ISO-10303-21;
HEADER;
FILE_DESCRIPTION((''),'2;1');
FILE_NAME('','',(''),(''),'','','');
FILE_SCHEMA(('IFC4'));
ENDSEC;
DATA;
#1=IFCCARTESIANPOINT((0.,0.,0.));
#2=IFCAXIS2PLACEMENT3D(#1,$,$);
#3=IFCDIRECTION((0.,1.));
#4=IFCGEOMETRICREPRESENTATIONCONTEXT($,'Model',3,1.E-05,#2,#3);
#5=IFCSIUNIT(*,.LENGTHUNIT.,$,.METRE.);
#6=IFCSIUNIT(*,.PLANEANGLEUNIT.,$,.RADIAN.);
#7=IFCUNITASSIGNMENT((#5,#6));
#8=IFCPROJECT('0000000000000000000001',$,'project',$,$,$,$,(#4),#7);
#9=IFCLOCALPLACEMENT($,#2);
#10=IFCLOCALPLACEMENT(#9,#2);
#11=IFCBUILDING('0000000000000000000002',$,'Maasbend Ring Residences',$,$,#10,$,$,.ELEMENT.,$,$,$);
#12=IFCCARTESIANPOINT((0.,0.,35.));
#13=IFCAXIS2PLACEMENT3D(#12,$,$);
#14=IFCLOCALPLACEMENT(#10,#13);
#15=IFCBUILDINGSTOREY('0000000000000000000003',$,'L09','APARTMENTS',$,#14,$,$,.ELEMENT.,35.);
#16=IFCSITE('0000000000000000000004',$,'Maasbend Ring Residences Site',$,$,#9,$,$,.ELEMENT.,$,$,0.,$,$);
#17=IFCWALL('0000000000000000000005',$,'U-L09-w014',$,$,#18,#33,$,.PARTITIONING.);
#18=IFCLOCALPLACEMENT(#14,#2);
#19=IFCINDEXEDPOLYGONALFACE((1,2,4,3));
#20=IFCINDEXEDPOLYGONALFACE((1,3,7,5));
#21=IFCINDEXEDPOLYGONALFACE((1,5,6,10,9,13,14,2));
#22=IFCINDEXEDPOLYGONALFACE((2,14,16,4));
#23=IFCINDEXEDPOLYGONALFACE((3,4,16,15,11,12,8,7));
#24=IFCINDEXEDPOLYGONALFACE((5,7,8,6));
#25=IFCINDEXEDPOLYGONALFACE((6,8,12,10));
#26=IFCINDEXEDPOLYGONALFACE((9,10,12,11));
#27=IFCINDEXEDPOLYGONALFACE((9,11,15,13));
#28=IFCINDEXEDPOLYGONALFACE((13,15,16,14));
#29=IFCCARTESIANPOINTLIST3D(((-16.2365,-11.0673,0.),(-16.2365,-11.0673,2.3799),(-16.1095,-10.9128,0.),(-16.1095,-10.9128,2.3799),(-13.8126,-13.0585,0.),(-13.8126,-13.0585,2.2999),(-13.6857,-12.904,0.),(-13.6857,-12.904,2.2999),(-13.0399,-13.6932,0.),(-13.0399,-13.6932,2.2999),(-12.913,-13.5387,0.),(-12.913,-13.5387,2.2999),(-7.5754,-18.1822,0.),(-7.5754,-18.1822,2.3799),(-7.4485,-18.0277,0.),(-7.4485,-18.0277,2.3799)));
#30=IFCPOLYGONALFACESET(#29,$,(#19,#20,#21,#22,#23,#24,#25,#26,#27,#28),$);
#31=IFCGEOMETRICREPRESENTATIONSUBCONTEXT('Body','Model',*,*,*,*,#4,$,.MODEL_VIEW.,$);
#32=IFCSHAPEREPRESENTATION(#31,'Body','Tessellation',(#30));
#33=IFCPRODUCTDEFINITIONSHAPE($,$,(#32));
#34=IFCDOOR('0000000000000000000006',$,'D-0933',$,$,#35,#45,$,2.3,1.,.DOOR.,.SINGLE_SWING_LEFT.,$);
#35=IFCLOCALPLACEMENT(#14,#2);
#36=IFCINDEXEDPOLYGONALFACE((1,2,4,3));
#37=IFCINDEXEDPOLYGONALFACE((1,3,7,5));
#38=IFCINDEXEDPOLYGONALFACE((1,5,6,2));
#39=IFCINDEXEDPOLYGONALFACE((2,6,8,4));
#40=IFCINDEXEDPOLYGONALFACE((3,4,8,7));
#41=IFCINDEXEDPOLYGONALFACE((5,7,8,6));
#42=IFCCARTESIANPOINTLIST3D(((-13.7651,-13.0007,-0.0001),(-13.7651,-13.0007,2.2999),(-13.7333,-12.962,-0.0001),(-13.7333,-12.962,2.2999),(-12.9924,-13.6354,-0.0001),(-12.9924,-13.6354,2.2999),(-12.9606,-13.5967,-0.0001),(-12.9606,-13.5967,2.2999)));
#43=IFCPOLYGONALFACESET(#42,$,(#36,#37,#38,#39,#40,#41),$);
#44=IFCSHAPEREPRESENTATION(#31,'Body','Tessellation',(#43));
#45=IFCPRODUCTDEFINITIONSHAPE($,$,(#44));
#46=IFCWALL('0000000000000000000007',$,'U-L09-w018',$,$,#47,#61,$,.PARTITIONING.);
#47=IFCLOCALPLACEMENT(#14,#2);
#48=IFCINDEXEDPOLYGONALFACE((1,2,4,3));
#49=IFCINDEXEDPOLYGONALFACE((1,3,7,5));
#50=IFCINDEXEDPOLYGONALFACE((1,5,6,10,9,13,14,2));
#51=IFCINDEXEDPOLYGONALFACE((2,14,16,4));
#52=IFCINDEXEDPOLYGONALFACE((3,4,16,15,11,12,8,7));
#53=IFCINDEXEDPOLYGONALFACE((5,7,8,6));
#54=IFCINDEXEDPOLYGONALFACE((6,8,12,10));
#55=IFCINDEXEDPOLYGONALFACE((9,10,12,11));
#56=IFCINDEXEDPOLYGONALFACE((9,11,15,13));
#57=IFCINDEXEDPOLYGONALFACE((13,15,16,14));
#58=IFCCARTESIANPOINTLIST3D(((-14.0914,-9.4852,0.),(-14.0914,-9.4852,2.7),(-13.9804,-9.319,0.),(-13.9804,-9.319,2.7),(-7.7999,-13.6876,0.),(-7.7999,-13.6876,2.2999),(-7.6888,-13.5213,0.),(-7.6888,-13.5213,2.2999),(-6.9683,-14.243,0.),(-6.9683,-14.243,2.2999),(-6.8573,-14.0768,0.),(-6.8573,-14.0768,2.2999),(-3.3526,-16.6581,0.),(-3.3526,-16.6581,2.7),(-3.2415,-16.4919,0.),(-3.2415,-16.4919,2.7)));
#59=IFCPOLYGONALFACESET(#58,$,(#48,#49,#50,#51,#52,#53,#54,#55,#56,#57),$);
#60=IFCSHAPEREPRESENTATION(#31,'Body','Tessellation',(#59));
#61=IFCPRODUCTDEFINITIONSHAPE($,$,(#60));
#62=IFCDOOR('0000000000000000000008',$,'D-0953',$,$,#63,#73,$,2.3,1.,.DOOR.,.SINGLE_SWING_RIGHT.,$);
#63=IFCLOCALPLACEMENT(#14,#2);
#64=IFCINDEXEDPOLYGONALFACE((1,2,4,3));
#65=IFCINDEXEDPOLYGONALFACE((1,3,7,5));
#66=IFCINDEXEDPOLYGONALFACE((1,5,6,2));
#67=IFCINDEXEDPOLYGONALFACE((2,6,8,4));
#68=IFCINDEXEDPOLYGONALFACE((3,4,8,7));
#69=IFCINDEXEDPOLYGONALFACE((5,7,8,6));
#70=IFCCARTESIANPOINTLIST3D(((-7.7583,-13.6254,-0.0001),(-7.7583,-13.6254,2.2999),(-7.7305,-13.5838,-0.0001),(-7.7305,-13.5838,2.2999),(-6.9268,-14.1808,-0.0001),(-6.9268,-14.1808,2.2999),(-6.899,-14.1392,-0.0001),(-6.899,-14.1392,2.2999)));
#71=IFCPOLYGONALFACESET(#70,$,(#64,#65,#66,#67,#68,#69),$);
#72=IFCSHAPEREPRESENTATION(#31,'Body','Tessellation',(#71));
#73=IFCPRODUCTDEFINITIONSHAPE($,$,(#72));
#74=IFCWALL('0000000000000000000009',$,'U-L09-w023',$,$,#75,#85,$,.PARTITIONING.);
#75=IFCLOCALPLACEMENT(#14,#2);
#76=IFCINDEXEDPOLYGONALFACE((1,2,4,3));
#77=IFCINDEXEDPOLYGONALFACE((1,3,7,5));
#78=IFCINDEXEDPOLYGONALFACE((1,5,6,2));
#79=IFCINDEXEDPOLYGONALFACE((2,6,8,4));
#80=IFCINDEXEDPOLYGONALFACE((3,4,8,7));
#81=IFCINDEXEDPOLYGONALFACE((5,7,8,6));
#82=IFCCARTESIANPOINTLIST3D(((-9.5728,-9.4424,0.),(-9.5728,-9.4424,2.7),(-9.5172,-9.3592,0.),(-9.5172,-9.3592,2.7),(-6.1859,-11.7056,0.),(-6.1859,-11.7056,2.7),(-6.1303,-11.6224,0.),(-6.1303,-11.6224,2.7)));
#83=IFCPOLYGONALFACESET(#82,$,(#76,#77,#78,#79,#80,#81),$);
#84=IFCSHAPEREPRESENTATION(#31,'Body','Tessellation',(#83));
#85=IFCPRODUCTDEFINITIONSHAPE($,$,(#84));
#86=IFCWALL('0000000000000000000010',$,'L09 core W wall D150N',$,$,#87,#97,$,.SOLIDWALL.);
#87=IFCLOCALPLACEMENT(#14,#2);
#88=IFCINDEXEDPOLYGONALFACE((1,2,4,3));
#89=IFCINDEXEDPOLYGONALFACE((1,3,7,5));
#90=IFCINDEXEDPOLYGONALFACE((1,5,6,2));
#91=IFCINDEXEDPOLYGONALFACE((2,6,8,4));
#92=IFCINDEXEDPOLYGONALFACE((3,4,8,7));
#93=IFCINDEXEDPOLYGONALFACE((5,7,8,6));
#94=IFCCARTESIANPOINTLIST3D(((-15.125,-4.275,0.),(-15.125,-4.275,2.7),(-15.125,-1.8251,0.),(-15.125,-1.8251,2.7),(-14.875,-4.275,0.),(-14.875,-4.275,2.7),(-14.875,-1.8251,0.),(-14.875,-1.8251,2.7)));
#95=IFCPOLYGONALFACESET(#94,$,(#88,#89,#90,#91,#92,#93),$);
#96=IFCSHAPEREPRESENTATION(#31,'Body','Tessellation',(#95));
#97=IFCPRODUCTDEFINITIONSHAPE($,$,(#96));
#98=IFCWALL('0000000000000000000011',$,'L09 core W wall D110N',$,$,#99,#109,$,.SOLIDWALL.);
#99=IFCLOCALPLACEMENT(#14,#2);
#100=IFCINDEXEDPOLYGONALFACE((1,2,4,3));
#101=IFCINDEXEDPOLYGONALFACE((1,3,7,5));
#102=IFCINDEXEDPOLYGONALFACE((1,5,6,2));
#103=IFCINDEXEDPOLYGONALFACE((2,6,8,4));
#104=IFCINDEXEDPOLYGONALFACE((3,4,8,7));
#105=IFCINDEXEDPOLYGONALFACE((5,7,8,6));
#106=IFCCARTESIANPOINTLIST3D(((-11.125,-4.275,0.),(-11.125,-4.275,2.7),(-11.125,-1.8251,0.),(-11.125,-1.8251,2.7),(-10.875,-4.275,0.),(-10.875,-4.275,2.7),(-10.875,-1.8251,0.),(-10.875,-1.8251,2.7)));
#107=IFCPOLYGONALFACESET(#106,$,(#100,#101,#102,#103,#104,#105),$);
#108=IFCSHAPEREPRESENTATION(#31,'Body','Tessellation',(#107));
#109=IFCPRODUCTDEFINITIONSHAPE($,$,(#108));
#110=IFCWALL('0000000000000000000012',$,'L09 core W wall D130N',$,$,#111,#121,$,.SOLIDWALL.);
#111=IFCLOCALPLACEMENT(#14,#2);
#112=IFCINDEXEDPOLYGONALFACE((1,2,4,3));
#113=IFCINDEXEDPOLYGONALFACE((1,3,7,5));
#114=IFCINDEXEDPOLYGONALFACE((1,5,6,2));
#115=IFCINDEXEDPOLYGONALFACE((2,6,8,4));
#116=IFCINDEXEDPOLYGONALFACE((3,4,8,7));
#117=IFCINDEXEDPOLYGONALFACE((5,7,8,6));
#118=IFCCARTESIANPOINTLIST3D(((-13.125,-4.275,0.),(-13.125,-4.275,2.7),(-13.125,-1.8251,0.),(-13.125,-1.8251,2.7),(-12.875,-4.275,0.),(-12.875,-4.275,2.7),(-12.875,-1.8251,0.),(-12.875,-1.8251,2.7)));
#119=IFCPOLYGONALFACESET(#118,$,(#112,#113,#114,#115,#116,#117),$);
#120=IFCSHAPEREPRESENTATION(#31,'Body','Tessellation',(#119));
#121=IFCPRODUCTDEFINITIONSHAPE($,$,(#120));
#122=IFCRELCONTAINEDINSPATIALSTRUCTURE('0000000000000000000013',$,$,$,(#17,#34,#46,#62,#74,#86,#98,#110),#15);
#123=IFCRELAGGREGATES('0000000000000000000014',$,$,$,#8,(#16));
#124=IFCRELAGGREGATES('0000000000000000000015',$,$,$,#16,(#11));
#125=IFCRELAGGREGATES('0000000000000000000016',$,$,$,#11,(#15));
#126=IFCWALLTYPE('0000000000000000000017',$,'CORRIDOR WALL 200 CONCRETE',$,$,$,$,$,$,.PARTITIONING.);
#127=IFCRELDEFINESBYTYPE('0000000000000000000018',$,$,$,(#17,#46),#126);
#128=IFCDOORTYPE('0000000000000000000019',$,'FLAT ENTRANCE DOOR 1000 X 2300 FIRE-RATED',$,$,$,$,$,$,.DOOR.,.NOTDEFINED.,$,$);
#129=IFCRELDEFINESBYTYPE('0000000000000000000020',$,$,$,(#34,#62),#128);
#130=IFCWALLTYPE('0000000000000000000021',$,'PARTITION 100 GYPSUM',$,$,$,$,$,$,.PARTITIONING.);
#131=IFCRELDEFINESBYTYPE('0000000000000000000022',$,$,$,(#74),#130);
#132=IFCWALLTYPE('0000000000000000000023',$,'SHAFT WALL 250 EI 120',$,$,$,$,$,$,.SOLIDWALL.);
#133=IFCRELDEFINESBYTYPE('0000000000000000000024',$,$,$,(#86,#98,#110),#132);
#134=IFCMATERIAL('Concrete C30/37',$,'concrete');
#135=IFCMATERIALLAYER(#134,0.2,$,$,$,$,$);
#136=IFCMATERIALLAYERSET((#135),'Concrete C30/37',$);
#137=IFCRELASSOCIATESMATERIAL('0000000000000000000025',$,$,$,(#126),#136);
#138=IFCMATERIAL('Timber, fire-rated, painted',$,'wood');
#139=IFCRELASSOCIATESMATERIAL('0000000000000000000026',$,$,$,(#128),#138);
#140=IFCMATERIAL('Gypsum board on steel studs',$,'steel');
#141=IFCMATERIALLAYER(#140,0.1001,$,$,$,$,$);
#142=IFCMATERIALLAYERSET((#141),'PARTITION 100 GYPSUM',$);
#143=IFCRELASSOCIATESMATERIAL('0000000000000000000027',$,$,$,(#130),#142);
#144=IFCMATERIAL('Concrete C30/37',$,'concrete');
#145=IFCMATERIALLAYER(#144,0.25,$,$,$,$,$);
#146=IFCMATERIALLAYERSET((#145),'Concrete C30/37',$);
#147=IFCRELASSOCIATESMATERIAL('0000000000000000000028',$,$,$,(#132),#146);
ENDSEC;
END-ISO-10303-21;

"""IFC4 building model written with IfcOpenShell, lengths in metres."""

from ifc_helpers import new_model, si_unit, direction, frame, frame_2d, origin, place, context, subcontext, project, spatial, rectangle, extrude, material, layer, layer_set, type_object, element, fill, save


model = new_model("IFC4")

# Units and contexts
model_context = context("Model", 3, precision=1e-05, world=origin(), true_north=direction((0.0, 1.0)))
body_context = subcontext(model_context, "Body", "Model", "MODEL_VIEW")
ifc_project = project(units=[si_unit("LENGTHUNIT", "METRE"), si_unit("PLANEANGLEUNIT", "RADIAN")], contexts=[model_context])

# Site, building, storey
site_placement = place(None, origin())
site = spatial("IfcSite", under=ifc_project, at=site_placement, Name="Maasbend Ring Residences Site", CompositionType="ELEMENT", RefElevation=0.0)
building_placement = place(site_placement, origin())
building = spatial("IfcBuilding", under=site, at=building_placement, Name="Maasbend Ring Residences", CompositionType="ELEMENT")
storey_placement = place(building_placement, frame((0.0, 0.0, 35.0)))
storey = spatial("IfcBuildingStorey", under=building, at=storey_placement, Name="L09", Description="APARTMENTS", CompositionType="ELEMENT", Elevation=35.0)

# Walls, openings, doors
ifc_material_1 = material(Name="Concrete C30/37", Category="concrete")
ifc_layer_1 = layer(ifc_material_1, 0.2)
ifc_layer_set_1 = layer_set([ifc_layer_1], Name="Concrete C30/37")
wall_type_1 = type_object("IfcWallType", Name="CORRIDOR WALL 200 CONCRETE", PredefinedType="PARTITIONING", material=ifc_layer_set_1)
wall_1_placement = place(storey_placement, frame((-16.1731, -10.99, 0.0), z_axis=(0.0, 0.0, 1.0), x_axis=(0.772705, -0.634765, 0.0)))
wall_1 = element("IfcWall", 1, at=wall_1_placement, inside=storey, type_object=wall_type_1, Name="U-L09-w014", PredefinedType="PARTITIONING", context=body_context, shape_type="SweptSolid", body=[
    extrude(rectangle(XDim=11.2087, YDim=0.2, at=frame_2d((5.6045, 0.0))), origin(), (0.0, 0.0, 1.0), 2.3799),
])
opening_1_placement = place(wall_1_placement, frame((3.137, 0.0, 0.0)))
opening_1 = element("IfcOpeningElement", 2, at=opening_1_placement, cuts=wall_1, PredefinedType="OPENING", context=body_context, shape_type="SweptSolid", body=[
    extrude(rectangle(XDim=1.0, YDim=2.3, at=frame_2d((0.5, 1.1499))), frame((0.0, 0.1099, 0.0), z_axis=(0.0, -1.0, 0.0), x_axis=(1.0, 0.0, 0.0)), (0.0, 0.0, 1.0), 0.22),
])
ifc_material_2 = material(Name="Timber, fire-rated, painted", Category="wood")
door_type_1 = type_object("IfcDoorType", Name="FLAT ENTRANCE DOOR 1000 X 2300 FIRE-RATED", OperationType="NOTDEFINED", PredefinedType="DOOR", material=ifc_material_2)
door_1_placement = place(opening_1_placement, origin())
door_1 = element("IfcDoor", 3, at=door_1_placement, inside=storey, type_object=door_type_1, Name="D-0933", OperationType="SINGLE_SWING_LEFT", OverallHeight=2.3, OverallWidth=1.0, PredefinedType="DOOR", context=body_context, shape_type="SweptSolid", body=[
    extrude(rectangle(XDim=1.0, YDim=2.3, at=frame_2d((0.5, 1.1499))), frame((0.0, 0.0249, 0.0), z_axis=(0.0, -1.0, 0.0), x_axis=(1.0, 0.0, 0.0)), (0.0, 0.0, 1.0), 0.05),
])
fill(opening_1, door_1)
wall_2_placement = place(storey_placement, frame((-14.0359, -9.4021, 0.0), z_axis=(0.0, 0.0, 1.0), x_axis=(0.831561, -0.555433, 0.0)))
wall_2 = element("IfcWall", 4, at=wall_2_placement, inside=storey, type_object=wall_type_1, Name="U-L09-w018", PredefinedType="PARTITIONING", context=body_context, shape_type="SweptSolid", body=[
    extrude(rectangle(XDim=12.9141, YDim=0.2, at=frame_2d((6.457, 0.0))), origin(), (0.0, 0.0, 1.0), 2.7),
])
opening_2_placement = place(wall_2_placement, frame((7.5659, 0.0, 0.0)))
opening_2 = element("IfcOpeningElement", 5, at=opening_2_placement, cuts=wall_2, PredefinedType="OPENING", context=body_context, shape_type="SweptSolid", body=[
    extrude(rectangle(XDim=1.0, YDim=2.3, at=frame_2d((0.5, 1.1499))), frame((0.0, 0.1099, 0.0), z_axis=(0.0, -1.0, 0.0), x_axis=(1.0, 0.0, 0.0)), (0.0, 0.0, 1.0), 0.22),
])
door_2_placement = place(opening_2_placement, origin())
door_2 = element("IfcDoor", 6, at=door_2_placement, inside=storey, type_object=door_type_1, Name="D-0953", OperationType="SINGLE_SWING_RIGHT", OverallHeight=2.3, OverallWidth=1.0, PredefinedType="DOOR", context=body_context, shape_type="SweptSolid", body=[
    extrude(rectangle(XDim=1.0, YDim=2.3, at=frame_2d((0.5, 1.1499))), frame((0.0, 0.0249, 0.0), z_axis=(0.0, -1.0, 0.0), x_axis=(1.0, 0.0, 0.0)), (0.0, 0.0, 1.0), 0.05),
])
fill(opening_2, door_2)

# Walls
ifc_material_3 = material(Name="Gypsum board on steel studs", Category="steel")
ifc_layer_2 = layer(ifc_material_3, 0.1001)
ifc_layer_set_2 = layer_set([ifc_layer_2], Name="PARTITION 100 GYPSUM")
wall_type_2 = type_object("IfcWallType", Name="PARTITION 100 GYPSUM", PredefinedType="PARTITIONING", material=ifc_layer_set_2)
wall_3_placement = place(storey_placement, frame((-9.5449, -9.4009, 0.0), z_axis=(0.0, 0.0, 1.0), x_axis=(0.83146, -0.555585, 0.0)))
element("IfcWall", 7, at=wall_3_placement, inside=storey, type_object=wall_type_2, Name="U-L09-w023", PredefinedType="PARTITIONING", context=body_context, shape_type="SweptSolid", body=[
    extrude(rectangle(XDim=4.0735, YDim=0.1001, at=frame_2d((2.0366, 0.0))), origin(), (0.0, 0.0, 1.0), 2.7),
])
ifc_material_4 = material(Name="Concrete C30/37", Category="concrete")
ifc_layer_3 = layer(ifc_material_4, 0.25)
ifc_layer_set_3 = layer_set([ifc_layer_3], Name="Concrete C30/37")
wall_type_3 = type_object("IfcWallType", Name="SHAFT WALL 250 EI 120", PredefinedType="SOLIDWALL", material=ifc_layer_set_3)
for number, where, z_axis, x_axis, name in (
    (8, (-15.0, -1.825, 0.0), (0.0, 0.0, 1.0), (0.0, -1.0, 0.0), "L09 core W wall D150N"),
    (9, (-11.0, -1.825, 0.0), (0.0, 0.0, 1.0), (0.0, -1.0, 0.0), "L09 core W wall D110N"),
    (10, (-13.0, -1.825, 0.0), (0.0, 0.0, 1.0), (0.0, -1.0, 0.0), "L09 core W wall D130N"),
):
    element("IfcWall", number, at=place(storey_placement, frame(where, z_axis=z_axis, x_axis=x_axis)), inside=storey, type_object=wall_type_3, Name=name, PredefinedType="SOLIDWALL", context=body_context, shape_type="SweptSolid", body=[
        extrude(rectangle(XDim=2.45, YDim=0.25, at=frame_2d((1.2251, 0.0))), origin(), (0.0, 0.0, 1.0), 2.7),
    ])

save(model, "model.ifc")
